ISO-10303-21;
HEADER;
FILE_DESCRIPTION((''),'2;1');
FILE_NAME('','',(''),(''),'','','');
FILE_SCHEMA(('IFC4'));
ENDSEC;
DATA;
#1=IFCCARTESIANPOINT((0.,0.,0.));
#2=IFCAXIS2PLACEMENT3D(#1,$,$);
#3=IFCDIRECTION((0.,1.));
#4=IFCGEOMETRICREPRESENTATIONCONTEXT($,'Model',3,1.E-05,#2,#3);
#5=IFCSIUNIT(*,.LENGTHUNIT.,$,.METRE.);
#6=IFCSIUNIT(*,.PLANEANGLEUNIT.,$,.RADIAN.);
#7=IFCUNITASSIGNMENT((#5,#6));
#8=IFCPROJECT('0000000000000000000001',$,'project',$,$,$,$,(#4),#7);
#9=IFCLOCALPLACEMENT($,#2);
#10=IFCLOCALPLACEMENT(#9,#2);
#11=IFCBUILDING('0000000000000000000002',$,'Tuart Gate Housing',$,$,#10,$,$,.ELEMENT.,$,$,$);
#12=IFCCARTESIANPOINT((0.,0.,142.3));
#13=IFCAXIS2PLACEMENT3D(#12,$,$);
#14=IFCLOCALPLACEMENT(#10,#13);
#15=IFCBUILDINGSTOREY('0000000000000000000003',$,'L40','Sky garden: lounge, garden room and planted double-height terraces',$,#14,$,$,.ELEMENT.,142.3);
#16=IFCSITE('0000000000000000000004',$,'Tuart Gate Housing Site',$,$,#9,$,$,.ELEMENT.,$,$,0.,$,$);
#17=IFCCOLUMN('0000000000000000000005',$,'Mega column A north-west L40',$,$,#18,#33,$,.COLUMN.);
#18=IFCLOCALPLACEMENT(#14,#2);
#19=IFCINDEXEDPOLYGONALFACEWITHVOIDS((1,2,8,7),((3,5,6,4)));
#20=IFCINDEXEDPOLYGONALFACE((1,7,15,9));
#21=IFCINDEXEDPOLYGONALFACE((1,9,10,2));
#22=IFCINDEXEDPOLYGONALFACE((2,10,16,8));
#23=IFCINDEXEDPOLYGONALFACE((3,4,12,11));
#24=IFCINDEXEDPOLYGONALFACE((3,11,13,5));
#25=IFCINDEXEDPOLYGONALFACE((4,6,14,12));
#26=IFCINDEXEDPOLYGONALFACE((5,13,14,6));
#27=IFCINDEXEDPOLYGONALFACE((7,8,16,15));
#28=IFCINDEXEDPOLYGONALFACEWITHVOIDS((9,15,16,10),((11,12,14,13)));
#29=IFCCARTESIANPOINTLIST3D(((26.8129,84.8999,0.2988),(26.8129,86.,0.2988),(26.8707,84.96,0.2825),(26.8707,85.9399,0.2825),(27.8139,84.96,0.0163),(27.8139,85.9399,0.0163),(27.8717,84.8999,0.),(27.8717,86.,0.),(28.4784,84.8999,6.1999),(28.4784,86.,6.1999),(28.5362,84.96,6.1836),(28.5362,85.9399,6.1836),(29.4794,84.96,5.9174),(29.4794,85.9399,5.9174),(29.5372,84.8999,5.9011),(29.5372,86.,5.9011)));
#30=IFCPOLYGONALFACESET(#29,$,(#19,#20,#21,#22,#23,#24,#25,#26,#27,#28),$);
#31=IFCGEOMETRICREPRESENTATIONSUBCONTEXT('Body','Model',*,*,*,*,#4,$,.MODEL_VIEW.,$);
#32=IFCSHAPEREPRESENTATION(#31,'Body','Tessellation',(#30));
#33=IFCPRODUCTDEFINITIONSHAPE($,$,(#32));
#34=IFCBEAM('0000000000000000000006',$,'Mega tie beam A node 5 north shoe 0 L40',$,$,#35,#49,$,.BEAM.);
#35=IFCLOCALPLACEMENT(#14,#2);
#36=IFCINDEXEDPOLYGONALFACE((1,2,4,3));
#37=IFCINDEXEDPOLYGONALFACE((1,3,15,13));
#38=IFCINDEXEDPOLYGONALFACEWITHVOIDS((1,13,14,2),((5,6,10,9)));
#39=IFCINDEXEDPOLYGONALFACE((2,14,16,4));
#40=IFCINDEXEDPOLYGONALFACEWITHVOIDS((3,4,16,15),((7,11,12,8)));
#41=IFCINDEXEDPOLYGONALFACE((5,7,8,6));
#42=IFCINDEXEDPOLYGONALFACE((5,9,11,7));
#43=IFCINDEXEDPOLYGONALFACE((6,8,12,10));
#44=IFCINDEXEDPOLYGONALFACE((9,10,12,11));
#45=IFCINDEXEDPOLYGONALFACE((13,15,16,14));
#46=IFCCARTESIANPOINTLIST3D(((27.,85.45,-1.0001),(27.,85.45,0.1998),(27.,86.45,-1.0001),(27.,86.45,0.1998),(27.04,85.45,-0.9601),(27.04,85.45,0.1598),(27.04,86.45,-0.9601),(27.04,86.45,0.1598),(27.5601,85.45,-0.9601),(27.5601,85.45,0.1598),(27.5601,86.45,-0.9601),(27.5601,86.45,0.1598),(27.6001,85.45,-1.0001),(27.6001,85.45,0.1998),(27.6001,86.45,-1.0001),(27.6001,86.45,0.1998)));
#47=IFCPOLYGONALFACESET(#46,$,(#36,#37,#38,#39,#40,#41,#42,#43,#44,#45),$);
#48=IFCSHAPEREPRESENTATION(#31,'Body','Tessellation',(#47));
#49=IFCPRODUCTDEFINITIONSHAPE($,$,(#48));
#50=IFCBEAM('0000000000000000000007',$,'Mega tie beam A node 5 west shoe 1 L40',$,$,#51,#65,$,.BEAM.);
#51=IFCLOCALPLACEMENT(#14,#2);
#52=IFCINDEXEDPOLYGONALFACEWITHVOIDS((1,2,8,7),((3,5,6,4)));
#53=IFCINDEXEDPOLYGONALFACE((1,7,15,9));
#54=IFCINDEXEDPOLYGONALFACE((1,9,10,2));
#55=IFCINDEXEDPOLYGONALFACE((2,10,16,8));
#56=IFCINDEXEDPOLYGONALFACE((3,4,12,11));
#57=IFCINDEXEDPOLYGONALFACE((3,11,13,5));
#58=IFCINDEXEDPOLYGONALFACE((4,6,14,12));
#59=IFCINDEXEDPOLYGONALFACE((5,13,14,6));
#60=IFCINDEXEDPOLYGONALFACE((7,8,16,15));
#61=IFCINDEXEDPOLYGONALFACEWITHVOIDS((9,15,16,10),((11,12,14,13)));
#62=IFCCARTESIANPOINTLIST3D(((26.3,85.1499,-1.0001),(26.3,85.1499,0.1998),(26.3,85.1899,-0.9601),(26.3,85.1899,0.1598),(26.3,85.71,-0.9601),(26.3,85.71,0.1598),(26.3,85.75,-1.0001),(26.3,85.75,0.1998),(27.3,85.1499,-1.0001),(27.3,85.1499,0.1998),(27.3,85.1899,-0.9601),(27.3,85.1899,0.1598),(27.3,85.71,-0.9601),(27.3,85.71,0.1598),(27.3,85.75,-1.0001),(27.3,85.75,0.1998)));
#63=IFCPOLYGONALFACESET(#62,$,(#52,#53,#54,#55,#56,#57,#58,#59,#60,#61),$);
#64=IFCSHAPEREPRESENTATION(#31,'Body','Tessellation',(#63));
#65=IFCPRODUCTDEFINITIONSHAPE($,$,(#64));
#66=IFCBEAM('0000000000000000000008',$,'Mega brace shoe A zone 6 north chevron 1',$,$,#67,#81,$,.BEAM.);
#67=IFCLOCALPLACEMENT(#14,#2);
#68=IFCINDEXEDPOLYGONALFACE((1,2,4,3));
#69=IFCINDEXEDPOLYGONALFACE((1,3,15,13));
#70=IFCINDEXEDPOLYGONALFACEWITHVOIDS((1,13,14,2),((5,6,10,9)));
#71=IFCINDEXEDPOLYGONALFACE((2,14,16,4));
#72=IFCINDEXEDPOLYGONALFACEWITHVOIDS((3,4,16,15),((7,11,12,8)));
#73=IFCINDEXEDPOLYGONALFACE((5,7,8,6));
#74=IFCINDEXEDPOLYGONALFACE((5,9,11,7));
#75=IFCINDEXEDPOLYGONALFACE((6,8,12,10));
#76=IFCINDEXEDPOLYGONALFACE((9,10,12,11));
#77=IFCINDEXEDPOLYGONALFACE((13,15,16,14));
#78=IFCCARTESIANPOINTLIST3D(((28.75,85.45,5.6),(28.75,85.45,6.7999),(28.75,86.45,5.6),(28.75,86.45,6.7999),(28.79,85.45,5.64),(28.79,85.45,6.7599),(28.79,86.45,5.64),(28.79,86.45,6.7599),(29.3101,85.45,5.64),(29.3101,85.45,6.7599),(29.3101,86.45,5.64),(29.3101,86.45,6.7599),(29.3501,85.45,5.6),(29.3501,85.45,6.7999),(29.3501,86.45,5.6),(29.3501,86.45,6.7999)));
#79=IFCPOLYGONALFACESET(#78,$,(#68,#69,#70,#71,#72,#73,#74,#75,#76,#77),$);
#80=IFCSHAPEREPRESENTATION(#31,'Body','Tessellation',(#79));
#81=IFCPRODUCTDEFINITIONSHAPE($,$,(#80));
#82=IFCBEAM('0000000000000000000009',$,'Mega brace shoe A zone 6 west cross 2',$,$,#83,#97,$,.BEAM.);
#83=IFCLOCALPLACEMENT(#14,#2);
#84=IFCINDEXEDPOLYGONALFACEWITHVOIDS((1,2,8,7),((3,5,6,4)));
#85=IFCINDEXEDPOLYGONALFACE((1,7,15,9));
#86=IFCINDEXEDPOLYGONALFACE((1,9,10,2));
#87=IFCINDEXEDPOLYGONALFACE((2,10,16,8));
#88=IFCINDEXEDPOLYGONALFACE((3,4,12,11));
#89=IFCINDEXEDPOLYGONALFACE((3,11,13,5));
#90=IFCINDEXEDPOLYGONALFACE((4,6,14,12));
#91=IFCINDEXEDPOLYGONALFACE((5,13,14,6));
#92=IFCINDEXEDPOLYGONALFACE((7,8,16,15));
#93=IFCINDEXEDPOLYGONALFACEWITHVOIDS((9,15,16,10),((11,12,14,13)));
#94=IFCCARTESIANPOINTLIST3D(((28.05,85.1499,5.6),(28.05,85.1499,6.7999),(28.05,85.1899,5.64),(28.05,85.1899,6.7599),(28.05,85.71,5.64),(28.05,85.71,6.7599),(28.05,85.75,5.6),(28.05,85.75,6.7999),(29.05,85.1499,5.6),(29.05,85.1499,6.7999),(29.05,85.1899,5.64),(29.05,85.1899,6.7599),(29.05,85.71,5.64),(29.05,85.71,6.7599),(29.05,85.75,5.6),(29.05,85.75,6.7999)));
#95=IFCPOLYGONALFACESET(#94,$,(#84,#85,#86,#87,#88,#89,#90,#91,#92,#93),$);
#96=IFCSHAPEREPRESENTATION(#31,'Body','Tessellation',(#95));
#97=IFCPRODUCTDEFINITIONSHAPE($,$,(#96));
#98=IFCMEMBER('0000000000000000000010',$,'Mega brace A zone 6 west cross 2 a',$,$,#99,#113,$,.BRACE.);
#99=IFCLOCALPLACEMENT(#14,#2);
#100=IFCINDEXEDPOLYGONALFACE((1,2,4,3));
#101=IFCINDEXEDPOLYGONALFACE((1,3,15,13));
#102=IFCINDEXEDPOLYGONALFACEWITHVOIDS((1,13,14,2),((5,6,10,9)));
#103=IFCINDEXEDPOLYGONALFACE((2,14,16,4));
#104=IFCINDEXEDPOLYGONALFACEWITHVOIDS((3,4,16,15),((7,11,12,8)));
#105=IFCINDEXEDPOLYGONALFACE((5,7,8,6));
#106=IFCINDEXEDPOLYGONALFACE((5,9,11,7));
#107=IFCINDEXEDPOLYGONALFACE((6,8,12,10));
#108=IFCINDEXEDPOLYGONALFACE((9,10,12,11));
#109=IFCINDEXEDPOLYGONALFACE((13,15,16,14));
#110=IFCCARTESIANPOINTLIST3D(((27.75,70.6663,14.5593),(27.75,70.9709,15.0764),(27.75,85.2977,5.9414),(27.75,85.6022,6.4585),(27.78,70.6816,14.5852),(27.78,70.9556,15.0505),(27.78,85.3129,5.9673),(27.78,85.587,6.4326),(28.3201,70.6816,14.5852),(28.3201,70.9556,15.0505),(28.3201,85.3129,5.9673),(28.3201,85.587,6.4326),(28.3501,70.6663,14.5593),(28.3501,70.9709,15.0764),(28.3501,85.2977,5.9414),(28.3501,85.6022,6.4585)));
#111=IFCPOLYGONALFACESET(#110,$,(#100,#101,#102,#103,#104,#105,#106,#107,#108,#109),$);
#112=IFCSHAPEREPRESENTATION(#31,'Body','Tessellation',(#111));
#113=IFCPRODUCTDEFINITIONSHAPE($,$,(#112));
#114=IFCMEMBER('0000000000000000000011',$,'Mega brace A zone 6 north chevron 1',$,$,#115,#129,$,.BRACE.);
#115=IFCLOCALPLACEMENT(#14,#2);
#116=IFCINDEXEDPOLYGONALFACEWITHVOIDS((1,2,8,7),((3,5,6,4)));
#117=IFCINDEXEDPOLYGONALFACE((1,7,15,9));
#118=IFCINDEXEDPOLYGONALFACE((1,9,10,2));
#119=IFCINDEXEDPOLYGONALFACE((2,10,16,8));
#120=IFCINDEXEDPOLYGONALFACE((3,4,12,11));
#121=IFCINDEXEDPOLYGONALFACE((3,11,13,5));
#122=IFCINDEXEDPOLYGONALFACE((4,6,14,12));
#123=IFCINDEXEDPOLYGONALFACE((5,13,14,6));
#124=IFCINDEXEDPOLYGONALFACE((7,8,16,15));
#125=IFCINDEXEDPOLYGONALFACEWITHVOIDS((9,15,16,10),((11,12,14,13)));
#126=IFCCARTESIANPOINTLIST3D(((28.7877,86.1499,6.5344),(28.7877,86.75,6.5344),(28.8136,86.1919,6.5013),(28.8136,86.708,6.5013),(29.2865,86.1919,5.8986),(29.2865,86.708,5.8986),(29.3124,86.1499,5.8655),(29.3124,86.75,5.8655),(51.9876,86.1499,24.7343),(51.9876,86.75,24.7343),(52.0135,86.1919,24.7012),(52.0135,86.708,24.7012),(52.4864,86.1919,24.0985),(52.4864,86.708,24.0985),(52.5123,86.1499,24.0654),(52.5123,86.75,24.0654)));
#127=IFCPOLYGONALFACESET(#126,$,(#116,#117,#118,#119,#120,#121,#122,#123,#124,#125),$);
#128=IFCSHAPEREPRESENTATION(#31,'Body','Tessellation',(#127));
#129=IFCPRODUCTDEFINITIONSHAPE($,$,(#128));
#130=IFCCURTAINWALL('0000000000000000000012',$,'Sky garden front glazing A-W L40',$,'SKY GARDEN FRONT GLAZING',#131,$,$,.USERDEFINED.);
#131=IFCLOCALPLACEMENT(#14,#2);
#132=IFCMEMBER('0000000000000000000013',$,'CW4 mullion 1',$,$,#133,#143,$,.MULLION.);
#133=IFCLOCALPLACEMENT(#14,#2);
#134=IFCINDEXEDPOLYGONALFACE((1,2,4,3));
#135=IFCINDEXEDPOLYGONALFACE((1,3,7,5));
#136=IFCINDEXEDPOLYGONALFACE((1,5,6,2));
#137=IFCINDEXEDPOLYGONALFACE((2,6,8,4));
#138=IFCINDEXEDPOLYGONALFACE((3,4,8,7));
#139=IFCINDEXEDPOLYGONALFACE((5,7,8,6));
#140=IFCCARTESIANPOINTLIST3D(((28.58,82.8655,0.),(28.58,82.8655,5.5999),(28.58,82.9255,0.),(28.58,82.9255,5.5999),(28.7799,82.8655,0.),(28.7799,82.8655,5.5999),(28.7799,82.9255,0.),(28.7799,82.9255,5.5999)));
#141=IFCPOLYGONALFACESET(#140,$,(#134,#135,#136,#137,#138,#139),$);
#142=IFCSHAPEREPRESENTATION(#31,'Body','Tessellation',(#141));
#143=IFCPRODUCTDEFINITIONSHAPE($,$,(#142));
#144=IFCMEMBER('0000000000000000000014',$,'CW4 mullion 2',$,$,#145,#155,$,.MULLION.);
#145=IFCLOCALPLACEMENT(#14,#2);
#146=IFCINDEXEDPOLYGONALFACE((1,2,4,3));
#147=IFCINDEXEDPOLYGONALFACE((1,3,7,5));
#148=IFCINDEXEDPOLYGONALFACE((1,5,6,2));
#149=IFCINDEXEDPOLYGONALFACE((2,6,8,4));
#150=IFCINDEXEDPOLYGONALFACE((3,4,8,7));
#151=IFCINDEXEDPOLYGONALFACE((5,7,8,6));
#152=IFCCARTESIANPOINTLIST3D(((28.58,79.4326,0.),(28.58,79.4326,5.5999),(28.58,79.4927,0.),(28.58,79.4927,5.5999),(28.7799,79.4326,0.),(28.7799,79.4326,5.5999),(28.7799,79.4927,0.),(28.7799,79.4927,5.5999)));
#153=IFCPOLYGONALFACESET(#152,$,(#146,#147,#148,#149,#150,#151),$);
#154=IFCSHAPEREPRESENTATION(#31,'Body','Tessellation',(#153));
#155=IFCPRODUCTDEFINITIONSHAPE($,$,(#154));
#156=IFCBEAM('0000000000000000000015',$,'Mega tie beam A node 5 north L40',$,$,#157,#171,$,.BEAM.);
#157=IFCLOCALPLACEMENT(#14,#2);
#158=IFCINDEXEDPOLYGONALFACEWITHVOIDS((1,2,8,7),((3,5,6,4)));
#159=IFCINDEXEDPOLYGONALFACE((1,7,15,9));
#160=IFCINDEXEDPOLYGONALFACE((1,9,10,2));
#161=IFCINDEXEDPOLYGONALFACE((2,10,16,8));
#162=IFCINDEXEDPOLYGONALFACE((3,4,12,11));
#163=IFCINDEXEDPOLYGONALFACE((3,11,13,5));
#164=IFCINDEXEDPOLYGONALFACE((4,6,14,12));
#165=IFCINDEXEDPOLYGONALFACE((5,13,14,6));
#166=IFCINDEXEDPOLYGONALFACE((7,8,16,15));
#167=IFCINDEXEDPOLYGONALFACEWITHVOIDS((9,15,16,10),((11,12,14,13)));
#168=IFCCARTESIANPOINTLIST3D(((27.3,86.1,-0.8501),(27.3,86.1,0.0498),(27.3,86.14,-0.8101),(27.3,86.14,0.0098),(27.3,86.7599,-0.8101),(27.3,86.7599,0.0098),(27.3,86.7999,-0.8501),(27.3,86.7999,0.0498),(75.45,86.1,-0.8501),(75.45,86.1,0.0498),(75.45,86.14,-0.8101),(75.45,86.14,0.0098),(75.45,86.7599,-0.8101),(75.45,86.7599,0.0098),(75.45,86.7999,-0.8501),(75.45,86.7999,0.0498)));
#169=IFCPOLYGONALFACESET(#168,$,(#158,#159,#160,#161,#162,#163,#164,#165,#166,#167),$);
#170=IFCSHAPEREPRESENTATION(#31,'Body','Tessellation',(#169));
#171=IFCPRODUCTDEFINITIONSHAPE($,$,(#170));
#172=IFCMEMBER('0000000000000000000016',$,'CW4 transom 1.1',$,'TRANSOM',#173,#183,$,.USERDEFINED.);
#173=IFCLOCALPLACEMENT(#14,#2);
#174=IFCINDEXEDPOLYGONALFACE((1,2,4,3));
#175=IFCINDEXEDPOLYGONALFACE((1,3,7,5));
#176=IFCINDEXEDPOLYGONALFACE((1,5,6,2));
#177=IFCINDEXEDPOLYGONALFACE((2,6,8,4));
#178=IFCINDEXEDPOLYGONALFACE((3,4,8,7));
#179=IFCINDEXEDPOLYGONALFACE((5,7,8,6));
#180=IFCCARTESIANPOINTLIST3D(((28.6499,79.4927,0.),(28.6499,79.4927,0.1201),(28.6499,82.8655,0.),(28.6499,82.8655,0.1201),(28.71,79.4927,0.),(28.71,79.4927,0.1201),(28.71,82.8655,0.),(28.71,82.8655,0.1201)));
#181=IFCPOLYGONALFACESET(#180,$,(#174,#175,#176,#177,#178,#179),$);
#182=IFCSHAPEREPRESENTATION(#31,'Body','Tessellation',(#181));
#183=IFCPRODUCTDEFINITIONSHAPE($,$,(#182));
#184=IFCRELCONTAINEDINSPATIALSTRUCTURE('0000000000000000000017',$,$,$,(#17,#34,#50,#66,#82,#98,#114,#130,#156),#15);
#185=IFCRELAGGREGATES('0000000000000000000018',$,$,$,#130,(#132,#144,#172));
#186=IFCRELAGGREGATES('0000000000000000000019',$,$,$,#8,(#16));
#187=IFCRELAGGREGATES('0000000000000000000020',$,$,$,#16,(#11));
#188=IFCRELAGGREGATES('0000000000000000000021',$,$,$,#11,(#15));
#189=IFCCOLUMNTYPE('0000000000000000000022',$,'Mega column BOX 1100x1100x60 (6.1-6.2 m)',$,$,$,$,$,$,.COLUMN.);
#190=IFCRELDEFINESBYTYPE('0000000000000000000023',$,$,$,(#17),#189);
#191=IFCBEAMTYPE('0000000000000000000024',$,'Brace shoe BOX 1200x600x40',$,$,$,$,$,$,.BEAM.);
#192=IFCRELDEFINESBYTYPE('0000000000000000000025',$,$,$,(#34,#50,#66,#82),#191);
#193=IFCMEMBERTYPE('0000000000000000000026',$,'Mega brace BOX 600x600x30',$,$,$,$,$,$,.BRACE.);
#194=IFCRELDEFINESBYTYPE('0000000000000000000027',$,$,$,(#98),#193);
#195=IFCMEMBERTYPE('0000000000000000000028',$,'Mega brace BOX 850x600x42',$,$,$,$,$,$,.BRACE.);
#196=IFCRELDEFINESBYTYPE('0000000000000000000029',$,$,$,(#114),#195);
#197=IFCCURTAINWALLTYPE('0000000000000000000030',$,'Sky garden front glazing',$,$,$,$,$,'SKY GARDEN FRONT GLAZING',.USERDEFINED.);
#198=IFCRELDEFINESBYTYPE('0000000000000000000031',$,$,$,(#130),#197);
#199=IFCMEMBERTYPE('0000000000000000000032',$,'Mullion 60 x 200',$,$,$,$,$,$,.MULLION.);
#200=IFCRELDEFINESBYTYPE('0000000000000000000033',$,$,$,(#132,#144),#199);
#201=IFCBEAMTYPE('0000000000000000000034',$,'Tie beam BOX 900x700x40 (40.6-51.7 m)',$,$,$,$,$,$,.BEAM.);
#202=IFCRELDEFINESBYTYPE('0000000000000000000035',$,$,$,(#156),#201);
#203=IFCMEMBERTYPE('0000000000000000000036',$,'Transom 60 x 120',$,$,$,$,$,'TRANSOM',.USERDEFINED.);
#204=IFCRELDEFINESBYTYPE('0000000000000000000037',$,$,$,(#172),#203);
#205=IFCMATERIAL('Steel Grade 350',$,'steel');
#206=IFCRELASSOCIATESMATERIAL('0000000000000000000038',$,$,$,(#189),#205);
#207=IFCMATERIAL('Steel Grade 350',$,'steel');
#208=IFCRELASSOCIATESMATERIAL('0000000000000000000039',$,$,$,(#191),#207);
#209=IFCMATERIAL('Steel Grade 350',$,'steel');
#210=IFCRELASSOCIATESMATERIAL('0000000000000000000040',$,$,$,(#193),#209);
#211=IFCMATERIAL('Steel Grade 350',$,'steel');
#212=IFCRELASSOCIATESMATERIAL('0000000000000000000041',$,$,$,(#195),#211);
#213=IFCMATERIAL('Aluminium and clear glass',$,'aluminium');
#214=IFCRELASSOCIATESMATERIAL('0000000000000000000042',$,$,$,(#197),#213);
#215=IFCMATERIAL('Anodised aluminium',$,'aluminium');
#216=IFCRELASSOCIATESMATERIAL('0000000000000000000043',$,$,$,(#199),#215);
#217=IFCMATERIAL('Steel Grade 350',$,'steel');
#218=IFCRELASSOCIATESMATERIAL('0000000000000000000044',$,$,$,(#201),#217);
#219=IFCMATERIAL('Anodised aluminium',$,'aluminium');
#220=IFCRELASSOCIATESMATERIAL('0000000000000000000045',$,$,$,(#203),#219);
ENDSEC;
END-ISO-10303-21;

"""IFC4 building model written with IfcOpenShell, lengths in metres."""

from ifc_helpers import new_model, si_unit, direction, frame, origin, origin_2d, place, context, subcontext, project, spatial, rectangle, hollow_rectangle, extrude, material, material_profile, profile_set, type_object, element, aggregate, save


model = new_model("IFC4")

# Units and contexts
model_context = context("Model", 3, precision=1e-05, world=origin(), true_north=direction((0.0, 1.0)))
body_context = subcontext(model_context, "Body", "Model", "MODEL_VIEW")
ifc_project = project(units=[si_unit("LENGTHUNIT", "METRE"), si_unit("PLANEANGLEUNIT", "RADIAN")], contexts=[model_context])

# Site, building, storey
site_placement = place(None, origin())
site = spatial("IfcSite", under=ifc_project, at=site_placement, Name="Tuart Gate Housing Site", CompositionType="ELEMENT", RefElevation=0.0)
building_placement = place(site_placement, origin())
building = spatial("IfcBuilding", under=site, at=building_placement, Name="Tuart Gate Housing", CompositionType="ELEMENT")
storey_placement = place(building_placement, frame((0.0, 0.0, 142.3)))
storey = spatial("IfcBuildingStorey", under=building, at=storey_placement, Name="L40", Description="Sky garden: lounge, garden room and planted double-height terraces", CompositionType="ELEMENT", Elevation=142.3)

# Column
ifc_material_1 = material(Name="Steel Grade 350", Category="steel")
ifc_material_profile_1 = material_profile(ifc_material_1, hollow_rectangle(XDim=1.1001, YDim=1.1001, WallThickness=0.0601, at=origin_2d()), Name="BOX 1100x1100x60")
ifc_profile_set_1 = profile_set([ifc_material_profile_1], Name="Steel Grade 350")
column_type = type_object("IfcColumnType", Name="Mega column BOX 1100x1100x60 (6.1-6.2 m)", PredefinedType="COLUMN", material=ifc_profile_set_1)
column_placement = place(storey_placement, frame((27.3423, 85.45, 0.1494), z_axis=(0.271628, 0.0, 0.962402), x_axis=(0.0, 1.0, 0.0)))
element("IfcColumn", 1, at=column_placement, inside=storey, type_object=column_type, Name="Mega column A north-west L40", PredefinedType="COLUMN", context=body_context, shape_type="SweptSolid", body=[
    extrude(hollow_rectangle(XDim=1.1001, YDim=1.1001, WallThickness=0.0601, at=origin_2d()), origin(), (0.0, 0.0, 1.0), 6.1316),
])

# Beams
ifc_material_2 = material(Name="Steel Grade 350", Category="steel")
ifc_material_profile_2 = material_profile(ifc_material_2, hollow_rectangle(XDim=0.6001, YDim=1.2, WallThickness=0.04, at=origin_2d()), Name="BOX 1200x600x40")
ifc_profile_set_2 = profile_set([ifc_material_profile_2], Name="Steel Grade 350")
beam_type_1 = type_object("IfcBeamType", Name="Brace shoe BOX 1200x600x40", PredefinedType="BEAM", material=ifc_profile_set_2)
for number, where, z_axis, x_axis, name in (
    (2, (27.3, 85.45, -0.4001), (0.0, 1.0, 0.0), (-1.0, 0.0, 0.0), "Mega tie beam A node 5 north shoe 0 L40"),
    (3, (27.3, 85.45, -0.4001), (-1.0, 0.0, 0.0), (0.0, -1.0, 0.0), "Mega tie beam A node 5 west shoe 1 L40"),
    (4, (29.05, 85.45, 6.2), (0.0, 1.0, 0.0), (-1.0, 0.0, 0.0), "Mega brace shoe A zone 6 north chevron 1"),
    (5, (29.05, 85.45, 6.2), (-1.0, 0.0, 0.0), (0.0, -1.0, 0.0), "Mega brace shoe A zone 6 west cross 2"),
):
    element("IfcBeam", number, at=place(storey_placement, frame(where, z_axis=z_axis, x_axis=x_axis)), inside=storey, type_object=beam_type_1, Name=name, PredefinedType="BEAM", context=body_context, shape_type="SweptSolid", body=[
        extrude(hollow_rectangle(XDim=0.6001, YDim=1.2, WallThickness=0.04, at=origin_2d()), origin(), (0.0, 0.0, 1.0), 1.0),
    ])

# Members
ifc_material_3 = material(Name="Steel Grade 350", Category="steel")
ifc_material_profile_3 = material_profile(ifc_material_3, hollow_rectangle(XDim=0.6001, YDim=0.6001, WallThickness=0.03, at=origin_2d()), Name="BOX 600x600x30")
ifc_profile_set_3 = profile_set([ifc_material_profile_3], Name="Steel Grade 350")
member_type_1 = type_object("IfcMemberType", Name="Mega brace BOX 600x600x30", PredefinedType="BRACE", material=ifc_profile_set_3)
member_1_placement = place(storey_placement, frame((28.05, 85.45, 6.2), z_axis=(0.0, -0.861645, 0.507512), x_axis=(1.0, 0.0, 0.0)))
element("IfcMember", 6, at=member_1_placement, inside=storey, type_object=member_type_1, Name="Mega brace A zone 6 west cross 2 a", PredefinedType="BRACE", context=body_context, shape_type="SweptSolid", body=[
    extrude(hollow_rectangle(XDim=0.6001, YDim=0.6001, WallThickness=0.03, at=origin_2d()), origin(), (0.0, 0.0, 1.0), 16.9807),
])
ifc_material_4 = material(Name="Steel Grade 350", Category="steel")
ifc_material_profile_4 = material_profile(ifc_material_4, hollow_rectangle(XDim=0.6001, YDim=0.8501, WallThickness=0.042, at=origin_2d()), Name="BOX 850x600x42")
ifc_profile_set_4 = profile_set([ifc_material_profile_4], Name="Steel Grade 350")
member_type_2 = type_object("IfcMemberType", Name="Mega brace BOX 850x600x42", PredefinedType="BRACE", material=ifc_profile_set_4)
member_2_placement = place(storey_placement, frame((29.05, 86.45, 6.2), z_axis=(0.786789, 0.0, 0.617222), x_axis=(0.0, 1.0, 0.0)))
element("IfcMember", 7, at=member_2_placement, inside=storey, type_object=member_type_2, Name="Mega brace A zone 6 north chevron 1", PredefinedType="BRACE", context=body_context, shape_type="SweptSolid", body=[
    extrude(hollow_rectangle(XDim=0.6001, YDim=0.8501, WallThickness=0.042, at=origin_2d()), origin(), (0.0, 0.0, 1.0), 29.4868),
])

# Curtain wall, members
ifc_material_5 = material(Name="Aluminium and clear glass", Category="aluminium")
curtain_wall_type = type_object("IfcCurtainWallType", Name="Sky garden front glazing", ElementType="SKY GARDEN FRONT GLAZING", PredefinedType="USERDEFINED", material=ifc_material_5)
curtain_wall_placement = place(storey_placement, origin())
curtain_wall = element("IfcCurtainWall", 8, at=curtain_wall_placement, inside=storey, type_object=curtain_wall_type, Name="Sky garden front glazing A-W L40", ObjectType="SKY GARDEN FRONT GLAZING", PredefinedType="USERDEFINED")
ifc_material_6 = material(Name="Anodised aluminium", Category="aluminium")
ifc_material_profile_5 = material_profile(ifc_material_6, rectangle(XDim=0.0601, YDim=0.2, at=origin_2d()), Name="60x200")
ifc_profile_set_5 = profile_set([ifc_material_profile_5], Name="Anodised aluminium")
member_type_3 = type_object("IfcMemberType", Name="Mullion 60 x 200", PredefinedType="MULLION", material=ifc_profile_set_5)
member_3_placement = place(storey_placement, frame((28.6799, 82.8955, 0.0), z_axis=(0.0, 0.0, 1.0), x_axis=(0.0, -1.0, 0.0)))
member_3 = element("IfcMember", 9, at=member_3_placement, type_object=member_type_3, Name="CW4 mullion 1", PredefinedType="MULLION", context=body_context, shape_type="SweptSolid", body=[
    extrude(rectangle(XDim=0.0601, YDim=0.2, at=origin_2d()), origin(), (0.0, 0.0, 1.0), 5.5999),
])
member_4_placement = place(storey_placement, frame((28.6799, 79.4626, 0.0), z_axis=(0.0, 0.0, 1.0), x_axis=(0.0, -1.0, 0.0)))
member_4 = element("IfcMember", 10, at=member_4_placement, type_object=member_type_3, Name="CW4 mullion 2", PredefinedType="MULLION", context=body_context, shape_type="SweptSolid", body=[
    extrude(rectangle(XDim=0.0601, YDim=0.2, at=origin_2d()), origin(), (0.0, 0.0, 1.0), 5.5999),
])

# Beam
ifc_material_7 = material(Name="Steel Grade 350", Category="steel")
ifc_material_profile_6 = material_profile(ifc_material_7, hollow_rectangle(XDim=0.7, YDim=0.8999, WallThickness=0.04, at=origin_2d()), Name="BOX 900x700x40")
ifc_profile_set_6 = profile_set([ifc_material_profile_6], Name="Steel Grade 350")
beam_type_2 = type_object("IfcBeamType", Name="Tie beam BOX 900x700x40 (40.6-51.7 m)", PredefinedType="BEAM", material=ifc_profile_set_6)
beam_placement = place(storey_placement, frame((27.3, 86.45, -0.4001), z_axis=(1.0, 0.0, 0.0), x_axis=(0.0, 1.0, 0.0)))
element("IfcBeam", 11, at=beam_placement, inside=storey, type_object=beam_type_2, Name="Mega tie beam A node 5 north L40", PredefinedType="BEAM", context=body_context, shape_type="SweptSolid", body=[
    extrude(hollow_rectangle(XDim=0.7, YDim=0.8999, WallThickness=0.04, at=origin_2d()), origin(), (0.0, 0.0, 1.0), 48.1499),
])

# Member
ifc_material_8 = material(Name="Anodised aluminium", Category="aluminium")
ifc_material_profile_7 = material_profile(ifc_material_8, rectangle(XDim=0.0601, YDim=0.1201, at=origin_2d()), Name="60x120")
ifc_profile_set_7 = profile_set([ifc_material_profile_7], Name="Anodised aluminium")
member_type_4 = type_object("IfcMemberType", Name="Transom 60 x 120", ElementType="TRANSOM", PredefinedType="USERDEFINED", material=ifc_profile_set_7)
member_5_placement = place(storey_placement, frame((28.6799, 82.8655, 0.0601), z_axis=(0.0, -1.0, 0.0), x_axis=(1.0, 0.0, 0.0)))
member_5 = element("IfcMember", 12, at=member_5_placement, type_object=member_type_4, Name="CW4 transom 1.1", ObjectType="TRANSOM", PredefinedType="USERDEFINED", context=body_context, shape_type="SweptSolid", body=[
    extrude(rectangle(XDim=0.0601, YDim=0.1201, at=origin_2d()), origin(), (0.0, 0.0, 1.0), 3.3728),
])

aggregate(curtain_wall, [member_3, member_4, member_5])

save(model, "model.ifc")
